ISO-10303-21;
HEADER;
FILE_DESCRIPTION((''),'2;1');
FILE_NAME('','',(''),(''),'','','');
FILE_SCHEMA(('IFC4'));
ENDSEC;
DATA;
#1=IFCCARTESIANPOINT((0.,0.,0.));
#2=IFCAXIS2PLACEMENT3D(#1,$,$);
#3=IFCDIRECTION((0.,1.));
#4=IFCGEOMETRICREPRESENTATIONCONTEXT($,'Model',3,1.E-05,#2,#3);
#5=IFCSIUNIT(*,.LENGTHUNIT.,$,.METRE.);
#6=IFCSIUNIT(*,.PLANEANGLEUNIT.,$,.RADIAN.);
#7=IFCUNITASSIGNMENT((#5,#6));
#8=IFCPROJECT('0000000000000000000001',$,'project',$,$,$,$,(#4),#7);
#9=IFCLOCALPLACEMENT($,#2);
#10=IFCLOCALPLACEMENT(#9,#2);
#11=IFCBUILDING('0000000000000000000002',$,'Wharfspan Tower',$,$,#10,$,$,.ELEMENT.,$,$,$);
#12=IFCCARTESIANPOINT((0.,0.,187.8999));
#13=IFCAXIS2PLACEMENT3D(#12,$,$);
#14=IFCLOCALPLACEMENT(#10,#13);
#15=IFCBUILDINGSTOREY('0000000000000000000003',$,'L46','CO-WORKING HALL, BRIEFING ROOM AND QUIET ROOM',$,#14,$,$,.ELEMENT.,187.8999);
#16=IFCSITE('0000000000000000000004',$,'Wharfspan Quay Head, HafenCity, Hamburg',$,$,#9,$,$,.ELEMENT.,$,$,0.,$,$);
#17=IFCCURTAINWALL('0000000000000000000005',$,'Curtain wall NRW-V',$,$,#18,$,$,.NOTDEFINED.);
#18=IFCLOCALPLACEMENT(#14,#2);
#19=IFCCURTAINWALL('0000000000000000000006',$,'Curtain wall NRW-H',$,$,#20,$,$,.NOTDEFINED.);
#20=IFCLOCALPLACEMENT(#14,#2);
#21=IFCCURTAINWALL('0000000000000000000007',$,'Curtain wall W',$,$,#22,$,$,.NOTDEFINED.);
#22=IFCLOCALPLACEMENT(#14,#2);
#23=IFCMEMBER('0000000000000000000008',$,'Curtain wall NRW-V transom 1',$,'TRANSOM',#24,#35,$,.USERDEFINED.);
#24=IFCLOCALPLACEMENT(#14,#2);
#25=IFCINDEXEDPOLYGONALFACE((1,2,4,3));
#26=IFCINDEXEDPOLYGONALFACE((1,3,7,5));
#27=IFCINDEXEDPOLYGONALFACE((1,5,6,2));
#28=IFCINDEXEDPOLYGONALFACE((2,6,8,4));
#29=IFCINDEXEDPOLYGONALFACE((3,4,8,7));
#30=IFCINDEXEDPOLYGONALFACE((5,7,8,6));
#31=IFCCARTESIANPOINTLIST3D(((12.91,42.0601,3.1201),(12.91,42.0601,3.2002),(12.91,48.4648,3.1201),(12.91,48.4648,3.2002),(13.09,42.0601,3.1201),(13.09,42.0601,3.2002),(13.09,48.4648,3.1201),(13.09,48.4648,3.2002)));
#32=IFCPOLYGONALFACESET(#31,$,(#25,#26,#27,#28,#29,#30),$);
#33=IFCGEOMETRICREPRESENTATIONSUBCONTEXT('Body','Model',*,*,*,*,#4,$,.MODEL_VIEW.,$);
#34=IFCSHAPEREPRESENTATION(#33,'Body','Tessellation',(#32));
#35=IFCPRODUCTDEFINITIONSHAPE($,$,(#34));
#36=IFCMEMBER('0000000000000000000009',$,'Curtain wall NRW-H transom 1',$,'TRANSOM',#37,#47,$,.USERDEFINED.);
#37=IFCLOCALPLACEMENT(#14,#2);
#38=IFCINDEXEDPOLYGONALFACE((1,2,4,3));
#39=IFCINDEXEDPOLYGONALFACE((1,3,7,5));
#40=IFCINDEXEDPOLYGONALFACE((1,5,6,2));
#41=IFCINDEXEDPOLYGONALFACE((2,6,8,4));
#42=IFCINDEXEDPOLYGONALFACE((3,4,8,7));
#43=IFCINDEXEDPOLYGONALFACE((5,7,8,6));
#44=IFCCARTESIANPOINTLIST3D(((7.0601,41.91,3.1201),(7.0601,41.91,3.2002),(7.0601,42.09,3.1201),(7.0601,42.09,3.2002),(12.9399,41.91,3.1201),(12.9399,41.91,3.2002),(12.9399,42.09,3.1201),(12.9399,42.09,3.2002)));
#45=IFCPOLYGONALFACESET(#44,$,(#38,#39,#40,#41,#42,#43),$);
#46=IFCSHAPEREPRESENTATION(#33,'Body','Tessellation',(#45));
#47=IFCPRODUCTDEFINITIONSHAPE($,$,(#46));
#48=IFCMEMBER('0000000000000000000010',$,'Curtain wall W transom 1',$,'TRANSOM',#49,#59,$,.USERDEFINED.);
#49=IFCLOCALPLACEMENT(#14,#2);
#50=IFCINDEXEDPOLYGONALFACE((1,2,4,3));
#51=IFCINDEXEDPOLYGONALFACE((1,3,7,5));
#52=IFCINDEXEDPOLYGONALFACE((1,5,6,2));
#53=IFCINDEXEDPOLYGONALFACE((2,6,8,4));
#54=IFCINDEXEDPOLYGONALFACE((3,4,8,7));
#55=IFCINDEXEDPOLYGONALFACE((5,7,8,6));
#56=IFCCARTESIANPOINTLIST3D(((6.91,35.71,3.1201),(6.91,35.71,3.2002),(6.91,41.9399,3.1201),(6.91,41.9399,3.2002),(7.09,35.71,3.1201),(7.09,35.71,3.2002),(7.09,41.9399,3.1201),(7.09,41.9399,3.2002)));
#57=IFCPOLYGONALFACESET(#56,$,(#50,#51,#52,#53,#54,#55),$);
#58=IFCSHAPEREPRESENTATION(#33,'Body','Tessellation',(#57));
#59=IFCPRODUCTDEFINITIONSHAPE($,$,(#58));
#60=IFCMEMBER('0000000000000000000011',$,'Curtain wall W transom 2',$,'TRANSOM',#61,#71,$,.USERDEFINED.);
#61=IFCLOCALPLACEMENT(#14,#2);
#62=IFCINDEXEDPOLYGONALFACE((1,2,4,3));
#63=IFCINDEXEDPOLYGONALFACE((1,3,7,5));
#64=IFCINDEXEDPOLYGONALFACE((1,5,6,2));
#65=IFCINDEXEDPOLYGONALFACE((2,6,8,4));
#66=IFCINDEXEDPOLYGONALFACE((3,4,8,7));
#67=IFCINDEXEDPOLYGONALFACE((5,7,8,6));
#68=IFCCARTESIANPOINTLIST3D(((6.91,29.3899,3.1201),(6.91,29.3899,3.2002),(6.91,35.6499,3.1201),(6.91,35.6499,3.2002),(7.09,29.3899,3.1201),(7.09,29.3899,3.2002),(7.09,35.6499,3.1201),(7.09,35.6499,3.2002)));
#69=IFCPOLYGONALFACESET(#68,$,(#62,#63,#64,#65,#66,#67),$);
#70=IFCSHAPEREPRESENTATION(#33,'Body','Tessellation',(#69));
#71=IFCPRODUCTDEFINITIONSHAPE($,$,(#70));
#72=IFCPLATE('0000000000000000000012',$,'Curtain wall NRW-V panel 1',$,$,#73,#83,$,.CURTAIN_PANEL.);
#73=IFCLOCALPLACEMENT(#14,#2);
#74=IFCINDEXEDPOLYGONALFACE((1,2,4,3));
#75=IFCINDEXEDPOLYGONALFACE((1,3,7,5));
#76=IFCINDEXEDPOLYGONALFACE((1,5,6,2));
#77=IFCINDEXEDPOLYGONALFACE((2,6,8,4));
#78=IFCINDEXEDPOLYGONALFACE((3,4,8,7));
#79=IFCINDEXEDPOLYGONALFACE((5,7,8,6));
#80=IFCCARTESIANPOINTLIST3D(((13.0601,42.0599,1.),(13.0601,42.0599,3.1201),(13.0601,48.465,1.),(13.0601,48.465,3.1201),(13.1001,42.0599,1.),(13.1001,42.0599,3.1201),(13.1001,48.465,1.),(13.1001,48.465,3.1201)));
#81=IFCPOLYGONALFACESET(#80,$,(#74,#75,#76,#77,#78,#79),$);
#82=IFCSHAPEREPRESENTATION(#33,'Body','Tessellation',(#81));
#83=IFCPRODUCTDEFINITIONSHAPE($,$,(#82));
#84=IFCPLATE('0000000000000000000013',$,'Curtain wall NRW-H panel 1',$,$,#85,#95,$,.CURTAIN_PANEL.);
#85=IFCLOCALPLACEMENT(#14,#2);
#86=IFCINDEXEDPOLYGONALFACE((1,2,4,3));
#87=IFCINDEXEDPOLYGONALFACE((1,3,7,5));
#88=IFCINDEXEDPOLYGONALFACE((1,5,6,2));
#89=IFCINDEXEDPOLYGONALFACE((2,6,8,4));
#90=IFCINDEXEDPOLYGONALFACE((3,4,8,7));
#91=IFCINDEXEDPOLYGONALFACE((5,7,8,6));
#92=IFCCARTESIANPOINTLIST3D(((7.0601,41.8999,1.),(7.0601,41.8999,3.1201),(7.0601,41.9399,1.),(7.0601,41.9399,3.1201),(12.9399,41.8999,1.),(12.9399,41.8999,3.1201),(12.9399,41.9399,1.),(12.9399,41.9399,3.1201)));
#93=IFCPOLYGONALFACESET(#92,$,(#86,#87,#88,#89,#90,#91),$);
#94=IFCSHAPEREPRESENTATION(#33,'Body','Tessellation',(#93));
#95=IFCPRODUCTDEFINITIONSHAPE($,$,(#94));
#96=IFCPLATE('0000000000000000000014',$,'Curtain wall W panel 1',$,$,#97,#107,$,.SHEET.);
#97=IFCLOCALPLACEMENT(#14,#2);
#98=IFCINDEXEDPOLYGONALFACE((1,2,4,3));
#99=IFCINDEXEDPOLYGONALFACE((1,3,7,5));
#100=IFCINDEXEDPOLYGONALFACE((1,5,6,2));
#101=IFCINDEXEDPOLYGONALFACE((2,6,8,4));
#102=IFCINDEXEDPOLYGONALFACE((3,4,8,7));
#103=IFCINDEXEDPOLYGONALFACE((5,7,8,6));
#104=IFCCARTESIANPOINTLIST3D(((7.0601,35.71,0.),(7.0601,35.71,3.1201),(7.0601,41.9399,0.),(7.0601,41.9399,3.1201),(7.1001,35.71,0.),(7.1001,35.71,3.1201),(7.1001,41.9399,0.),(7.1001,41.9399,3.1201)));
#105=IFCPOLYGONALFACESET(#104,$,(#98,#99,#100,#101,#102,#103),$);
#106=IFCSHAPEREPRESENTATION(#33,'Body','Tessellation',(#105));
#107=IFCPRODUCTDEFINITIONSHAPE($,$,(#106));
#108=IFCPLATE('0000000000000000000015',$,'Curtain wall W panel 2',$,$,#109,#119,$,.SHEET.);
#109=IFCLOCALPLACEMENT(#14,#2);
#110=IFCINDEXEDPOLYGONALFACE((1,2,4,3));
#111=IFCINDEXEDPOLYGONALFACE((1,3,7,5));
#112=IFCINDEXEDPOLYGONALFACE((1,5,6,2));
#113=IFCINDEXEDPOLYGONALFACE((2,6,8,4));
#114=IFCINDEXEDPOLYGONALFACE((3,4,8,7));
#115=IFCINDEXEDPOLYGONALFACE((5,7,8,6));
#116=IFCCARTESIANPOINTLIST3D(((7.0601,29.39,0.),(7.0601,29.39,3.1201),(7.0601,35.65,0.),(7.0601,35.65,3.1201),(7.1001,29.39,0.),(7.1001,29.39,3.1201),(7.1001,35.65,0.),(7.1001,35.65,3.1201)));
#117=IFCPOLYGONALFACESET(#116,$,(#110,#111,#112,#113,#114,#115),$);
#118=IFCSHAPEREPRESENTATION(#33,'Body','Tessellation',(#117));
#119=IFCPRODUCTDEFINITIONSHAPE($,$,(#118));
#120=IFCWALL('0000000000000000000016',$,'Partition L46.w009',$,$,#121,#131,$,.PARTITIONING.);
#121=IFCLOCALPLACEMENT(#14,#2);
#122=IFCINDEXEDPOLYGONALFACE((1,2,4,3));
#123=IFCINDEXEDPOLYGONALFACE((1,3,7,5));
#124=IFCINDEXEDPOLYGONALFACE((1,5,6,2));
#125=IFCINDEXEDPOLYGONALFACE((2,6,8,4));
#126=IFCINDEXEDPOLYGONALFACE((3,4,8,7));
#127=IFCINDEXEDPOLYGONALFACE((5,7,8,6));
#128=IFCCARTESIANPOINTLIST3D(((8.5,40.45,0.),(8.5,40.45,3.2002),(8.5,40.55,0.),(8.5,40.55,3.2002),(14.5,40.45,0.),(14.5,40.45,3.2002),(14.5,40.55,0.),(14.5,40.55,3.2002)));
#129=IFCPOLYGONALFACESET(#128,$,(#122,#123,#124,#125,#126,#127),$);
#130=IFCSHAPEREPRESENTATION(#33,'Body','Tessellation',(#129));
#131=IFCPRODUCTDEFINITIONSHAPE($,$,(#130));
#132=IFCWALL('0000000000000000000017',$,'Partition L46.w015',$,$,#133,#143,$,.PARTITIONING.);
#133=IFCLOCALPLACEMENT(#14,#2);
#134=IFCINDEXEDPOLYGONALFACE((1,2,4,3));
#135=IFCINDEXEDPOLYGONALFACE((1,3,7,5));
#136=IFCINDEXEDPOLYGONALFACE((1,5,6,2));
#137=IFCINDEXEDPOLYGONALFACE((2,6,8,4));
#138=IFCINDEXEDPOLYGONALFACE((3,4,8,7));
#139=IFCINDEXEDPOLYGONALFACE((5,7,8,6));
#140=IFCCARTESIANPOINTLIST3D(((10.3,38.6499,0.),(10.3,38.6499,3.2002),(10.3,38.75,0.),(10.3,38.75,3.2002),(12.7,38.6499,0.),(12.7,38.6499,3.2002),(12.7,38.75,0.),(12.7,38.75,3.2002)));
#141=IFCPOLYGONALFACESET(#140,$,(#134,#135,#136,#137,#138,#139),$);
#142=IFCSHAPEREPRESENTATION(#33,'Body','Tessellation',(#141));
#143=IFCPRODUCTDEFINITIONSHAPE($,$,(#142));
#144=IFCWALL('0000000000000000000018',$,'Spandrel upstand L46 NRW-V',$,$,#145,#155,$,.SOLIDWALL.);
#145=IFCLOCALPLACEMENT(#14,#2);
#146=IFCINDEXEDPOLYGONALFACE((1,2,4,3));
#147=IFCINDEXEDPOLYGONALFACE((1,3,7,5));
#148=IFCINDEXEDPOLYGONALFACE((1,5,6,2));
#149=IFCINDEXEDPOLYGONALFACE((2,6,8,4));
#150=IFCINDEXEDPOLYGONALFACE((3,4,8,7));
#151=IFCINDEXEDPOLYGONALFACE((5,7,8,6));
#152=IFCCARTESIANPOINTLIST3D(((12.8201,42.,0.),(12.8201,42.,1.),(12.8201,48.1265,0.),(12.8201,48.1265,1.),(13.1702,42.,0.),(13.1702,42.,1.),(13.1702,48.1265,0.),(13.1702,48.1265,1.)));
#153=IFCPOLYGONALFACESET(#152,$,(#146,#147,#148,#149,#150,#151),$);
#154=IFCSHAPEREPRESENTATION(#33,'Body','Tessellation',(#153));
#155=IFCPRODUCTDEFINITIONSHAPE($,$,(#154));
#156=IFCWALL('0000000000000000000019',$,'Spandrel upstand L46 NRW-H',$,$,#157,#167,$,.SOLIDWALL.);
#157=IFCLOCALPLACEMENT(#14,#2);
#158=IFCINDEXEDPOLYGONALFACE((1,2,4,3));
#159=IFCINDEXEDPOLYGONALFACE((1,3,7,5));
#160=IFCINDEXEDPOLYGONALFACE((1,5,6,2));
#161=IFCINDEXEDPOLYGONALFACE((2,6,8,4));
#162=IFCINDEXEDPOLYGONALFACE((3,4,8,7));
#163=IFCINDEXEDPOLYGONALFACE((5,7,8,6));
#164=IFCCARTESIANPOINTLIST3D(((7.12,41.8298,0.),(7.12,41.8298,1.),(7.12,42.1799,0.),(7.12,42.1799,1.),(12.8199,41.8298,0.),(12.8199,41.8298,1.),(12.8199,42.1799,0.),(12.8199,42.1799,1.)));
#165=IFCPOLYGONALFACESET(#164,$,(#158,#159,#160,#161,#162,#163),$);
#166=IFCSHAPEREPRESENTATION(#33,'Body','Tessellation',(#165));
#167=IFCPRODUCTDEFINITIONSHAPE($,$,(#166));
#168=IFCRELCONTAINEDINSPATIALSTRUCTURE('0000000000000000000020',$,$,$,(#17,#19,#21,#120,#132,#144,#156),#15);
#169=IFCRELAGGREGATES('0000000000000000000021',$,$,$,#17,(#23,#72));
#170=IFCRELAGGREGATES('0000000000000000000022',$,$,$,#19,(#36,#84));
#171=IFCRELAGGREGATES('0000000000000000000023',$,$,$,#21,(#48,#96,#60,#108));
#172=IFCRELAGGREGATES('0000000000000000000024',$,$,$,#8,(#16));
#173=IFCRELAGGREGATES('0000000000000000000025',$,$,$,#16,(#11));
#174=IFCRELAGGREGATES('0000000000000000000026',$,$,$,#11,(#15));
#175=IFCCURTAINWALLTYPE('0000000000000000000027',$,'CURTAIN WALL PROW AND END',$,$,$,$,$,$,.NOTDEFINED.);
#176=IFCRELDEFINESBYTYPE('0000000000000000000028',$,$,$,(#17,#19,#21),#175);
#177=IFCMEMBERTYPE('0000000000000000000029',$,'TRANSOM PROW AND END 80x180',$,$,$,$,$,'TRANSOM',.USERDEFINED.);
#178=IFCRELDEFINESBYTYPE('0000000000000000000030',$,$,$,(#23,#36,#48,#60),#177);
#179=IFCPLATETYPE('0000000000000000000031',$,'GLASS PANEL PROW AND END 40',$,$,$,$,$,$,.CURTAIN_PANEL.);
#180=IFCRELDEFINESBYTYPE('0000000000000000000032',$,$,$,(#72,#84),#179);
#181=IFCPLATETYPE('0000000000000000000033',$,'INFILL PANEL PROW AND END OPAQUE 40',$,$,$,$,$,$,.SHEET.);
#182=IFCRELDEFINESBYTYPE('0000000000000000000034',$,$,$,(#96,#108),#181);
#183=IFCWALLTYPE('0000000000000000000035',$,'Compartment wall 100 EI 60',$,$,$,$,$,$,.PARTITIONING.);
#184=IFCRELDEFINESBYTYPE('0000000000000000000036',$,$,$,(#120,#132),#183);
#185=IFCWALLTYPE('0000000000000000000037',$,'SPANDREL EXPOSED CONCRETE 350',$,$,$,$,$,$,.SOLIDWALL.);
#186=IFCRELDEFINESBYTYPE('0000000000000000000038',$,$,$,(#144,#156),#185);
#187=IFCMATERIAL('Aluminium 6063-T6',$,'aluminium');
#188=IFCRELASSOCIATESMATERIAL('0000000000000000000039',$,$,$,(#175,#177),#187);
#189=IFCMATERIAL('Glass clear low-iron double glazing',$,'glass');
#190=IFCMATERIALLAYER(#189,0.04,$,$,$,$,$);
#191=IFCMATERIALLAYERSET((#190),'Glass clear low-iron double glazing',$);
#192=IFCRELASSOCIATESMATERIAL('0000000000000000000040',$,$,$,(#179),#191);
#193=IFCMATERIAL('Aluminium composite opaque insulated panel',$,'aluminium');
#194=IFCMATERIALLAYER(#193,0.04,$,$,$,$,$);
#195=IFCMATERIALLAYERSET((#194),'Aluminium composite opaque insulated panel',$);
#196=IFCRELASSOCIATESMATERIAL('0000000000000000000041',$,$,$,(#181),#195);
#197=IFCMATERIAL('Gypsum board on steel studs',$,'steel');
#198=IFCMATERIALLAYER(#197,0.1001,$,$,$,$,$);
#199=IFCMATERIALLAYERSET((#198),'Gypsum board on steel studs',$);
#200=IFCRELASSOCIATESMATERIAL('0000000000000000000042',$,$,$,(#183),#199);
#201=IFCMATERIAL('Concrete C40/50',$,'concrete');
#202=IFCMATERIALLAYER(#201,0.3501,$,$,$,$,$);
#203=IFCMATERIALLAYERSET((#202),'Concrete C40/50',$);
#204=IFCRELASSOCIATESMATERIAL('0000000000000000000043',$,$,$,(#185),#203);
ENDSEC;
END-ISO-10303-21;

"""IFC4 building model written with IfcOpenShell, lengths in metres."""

from ifc_helpers import new_model, si_unit, direction, frame, frame_2d, origin, origin_2d, place, context, subcontext, project, spatial, rectangle, extrude, material, layer, layer_set, material_profile, profile_set, type_object, element, aggregate, save


model = new_model("IFC4")

# Units and contexts
model_context = context("Model", 3, precision=1e-05, world=origin(), true_north=direction((0.0, 1.0)))
body_context = subcontext(model_context, "Body", "Model", "MODEL_VIEW")
ifc_project = project(units=[si_unit("LENGTHUNIT", "METRE"), si_unit("PLANEANGLEUNIT", "RADIAN")], contexts=[model_context])

# Site, building, storey
site_placement = place(None, origin())
site = spatial("IfcSite", under=ifc_project, at=site_placement, Name="Wharfspan Quay Head, HafenCity, Hamburg", CompositionType="ELEMENT", RefElevation=0.0)
building_placement = place(site_placement, origin())
building = spatial("IfcBuilding", under=site, at=building_placement, Name="Wharfspan Tower", CompositionType="ELEMENT")
storey_placement = place(building_placement, frame((0.0, 0.0, 187.8999)))
storey = spatial("IfcBuildingStorey", under=building, at=storey_placement, Name="L46", Description="CO-WORKING HALL, BRIEFING ROOM AND QUIET ROOM", CompositionType="ELEMENT", Elevation=187.8999)

# Curtain walls
ifc_material_1 = material(Name="Aluminium 6063-T6", Category="aluminium")
curtain_wall_type = type_object("IfcCurtainWallType", Name="CURTAIN WALL PROW AND END", PredefinedType="NOTDEFINED", material=ifc_material_1)
curtain_wall_1_placement = place(storey_placement, origin())
curtain_wall_1 = element("IfcCurtainWall", 1, at=curtain_wall_1_placement, inside=storey, type_object=curtain_wall_type, Name="Curtain wall NRW-V", PredefinedType="NOTDEFINED")
curtain_wall_2_placement = place(storey_placement, origin())
curtain_wall_2 = element("IfcCurtainWall", 2, at=curtain_wall_2_placement, inside=storey, type_object=curtain_wall_type, Name="Curtain wall NRW-H", PredefinedType="NOTDEFINED")
curtain_wall_3_placement = place(storey_placement, origin())
curtain_wall_3 = element("IfcCurtainWall", 3, at=curtain_wall_3_placement, inside=storey, type_object=curtain_wall_type, Name="Curtain wall W", PredefinedType="NOTDEFINED")

# Members
ifc_material_profile_1 = material_profile(ifc_material_1, rectangle(XDim=0.1799, YDim=0.0801, at=origin_2d()))
ifc_profile_set_1 = profile_set([ifc_material_profile_1], Name="Aluminium 6063-T6")
member_type_1 = type_object("IfcMemberType", Name="TRANSOM PROW AND END 80x180", ElementType="TRANSOM", PredefinedType="USERDEFINED", material=ifc_profile_set_1)
member_1_placement = place(storey_placement, frame((13.0, 48.4648, 3.1602), z_axis=(0.0, -1.0, 0.0), x_axis=(1.0, 0.0, 0.0)))
member_1 = element("IfcMember", 4, at=member_1_placement, type_object=member_type_1, Name="Curtain wall NRW-V transom 1", ObjectType="TRANSOM", PredefinedType="USERDEFINED", context=body_context, shape_type="SweptSolid", body=[
    extrude(rectangle(XDim=0.1799, YDim=0.0801, at=origin_2d()), origin(), (0.0, 0.0, 1.0), 6.4048),
])
member_2_placement = place(storey_placement, frame((12.9399, 42.0, 3.1602), z_axis=(-1.0, 0.0, 0.0), x_axis=(0.0, -1.0, 0.0)))
member_2 = element("IfcMember", 5, at=member_2_placement, type_object=member_type_1, Name="Curtain wall NRW-H transom 1", ObjectType="TRANSOM", PredefinedType="USERDEFINED", context=body_context, shape_type="SweptSolid", body=[
    extrude(rectangle(XDim=0.1799, YDim=0.0801, at=origin_2d()), origin(), (0.0, 0.0, 1.0), 5.8799),
])
member_3_placement = place(storey_placement, frame((7.0, 41.9399, 3.1602), z_axis=(0.0, -1.0, 0.0), x_axis=(1.0, 0.0, 0.0)))
member_3 = element("IfcMember", 6, at=member_3_placement, type_object=member_type_1, Name="Curtain wall W transom 1", ObjectType="TRANSOM", PredefinedType="USERDEFINED", context=body_context, shape_type="SweptSolid", body=[
    extrude(rectangle(XDim=0.1799, YDim=0.0801, at=origin_2d()), origin(), (0.0, 0.0, 1.0), 6.23),
])
member_4_placement = place(storey_placement, frame((7.0, 35.6499, 3.1602), z_axis=(0.0, -1.0, 0.0), x_axis=(1.0, 0.0, 0.0)))
member_4 = element("IfcMember", 7, at=member_4_placement, type_object=member_type_1, Name="Curtain wall W transom 2", ObjectType="TRANSOM", PredefinedType="USERDEFINED", context=body_context, shape_type="SweptSolid", body=[
    extrude(rectangle(XDim=0.1799, YDim=0.0801, at=origin_2d()), origin(), (0.0, 0.0, 1.0), 6.26),
])

# Plates
ifc_material_2 = material(Name="Glass clear low-iron double glazing", Category="glass")
ifc_layer_1 = layer(ifc_material_2, 0.04)
ifc_layer_set_1 = layer_set([ifc_layer_1], Name="Glass clear low-iron double glazing")
plate_type_1 = type_object("IfcPlateType", Name="GLASS PANEL PROW AND END 40", PredefinedType="CURTAIN_PANEL", material=ifc_layer_set_1)
plate_1_placement = place(storey_placement, frame((13.0801, 45.2625, 1.0), z_axis=(0.0, 0.0, 1.0), x_axis=(0.0, -1.0, 0.0)))
plate_1 = element("IfcPlate", 8, at=plate_1_placement, type_object=plate_type_1, Name="Curtain wall NRW-V panel 1", PredefinedType="CURTAIN_PANEL", context=body_context, shape_type="SweptSolid", body=[
    extrude(rectangle(XDim=6.405, YDim=0.04, at=origin_2d()), origin(), (0.0, 0.0, 1.0), 2.1201),
])
aggregate(curtain_wall_1, [member_1, plate_1])
plate_2_placement = place(storey_placement, frame((10.0, 41.9199, 1.0), z_axis=(0.0, 0.0, 1.0), x_axis=(-1.0, 0.0, 0.0)))
plate_2 = element("IfcPlate", 9, at=plate_2_placement, type_object=plate_type_1, Name="Curtain wall NRW-H panel 1", PredefinedType="CURTAIN_PANEL", context=body_context, shape_type="SweptSolid", body=[
    extrude(rectangle(XDim=5.8799, YDim=0.04, at=origin_2d()), origin(), (0.0, 0.0, 1.0), 2.1201),
])
aggregate(curtain_wall_2, [member_2, plate_2])
ifc_material_3 = material(Name="Aluminium composite opaque insulated panel", Category="aluminium")
ifc_layer_2 = layer(ifc_material_3, 0.04)
ifc_layer_set_2 = layer_set([ifc_layer_2], Name="Aluminium composite opaque insulated panel")
plate_type_2 = type_object("IfcPlateType", Name="INFILL PANEL PROW AND END OPAQUE 40", PredefinedType="SHEET", material=ifc_layer_set_2)
plate_3_placement = place(storey_placement, frame((7.0801, 38.825, 0.0), z_axis=(0.0, 0.0, 1.0), x_axis=(0.0, -1.0, 0.0)))
plate_3 = element("IfcPlate", 10, at=plate_3_placement, type_object=plate_type_2, Name="Curtain wall W panel 1", PredefinedType="SHEET", context=body_context, shape_type="SweptSolid", body=[
    extrude(rectangle(XDim=6.23, YDim=0.04, at=origin_2d()), origin(), (0.0, 0.0, 1.0), 3.1201),
])
plate_4_placement = place(storey_placement, frame((7.0801, 32.52, 0.0), z_axis=(0.0, 0.0, 1.0), x_axis=(0.0, -1.0, 0.0)))
plate_4 = element("IfcPlate", 11, at=plate_4_placement, type_object=plate_type_2, Name="Curtain wall W panel 2", PredefinedType="SHEET", context=body_context, shape_type="SweptSolid", body=[
    extrude(rectangle(XDim=6.26, YDim=0.04, at=origin_2d()), origin(), (0.0, 0.0, 1.0), 3.1201),
])
aggregate(curtain_wall_3, [member_3, plate_3, member_4, plate_4])

# Walls
ifc_material_4 = material(Name="Gypsum board on steel studs", Category="steel")
ifc_layer_3 = layer(ifc_material_4, 0.1001)
ifc_layer_set_3 = layer_set([ifc_layer_3], Name="Gypsum board on steel studs")
wall_type_1 = type_object("IfcWallType", Name="Compartment wall 100 EI 60", PredefinedType="PARTITIONING", material=ifc_layer_set_3)
wall_1_placement = place(storey_placement, frame((8.5, 40.5, 0.0), z_axis=(0.0, 0.0, 1.0), x_axis=(1.0, 0.0, 0.0)))
element("IfcWall", 12, at=wall_1_placement, inside=storey, type_object=wall_type_1, Name="Partition L46.w009", PredefinedType="PARTITIONING", context=body_context, shape_type="SweptSolid", body=[
    extrude(rectangle(XDim=6.0, YDim=0.1001, at=frame_2d((3.0, 0.0))), origin(), (0.0, 0.0, 1.0), 3.2002),
])
wall_2_placement = place(storey_placement, frame((10.3, 38.7, 0.0), z_axis=(0.0, 0.0, 1.0), x_axis=(1.0, 0.0, 0.0)))
element("IfcWall", 13, at=wall_2_placement, inside=storey, type_object=wall_type_1, Name="Partition L46.w015", PredefinedType="PARTITIONING", context=body_context, shape_type="SweptSolid", body=[
    extrude(rectangle(XDim=2.3999, YDim=0.1001, at=frame_2d((1.2, 0.0))), origin(), (0.0, 0.0, 1.0), 3.2002),
])
ifc_material_5 = material(Name="Concrete C40/50", Category="concrete")
ifc_layer_4 = layer(ifc_material_5, 0.3501)
ifc_layer_set_4 = layer_set([ifc_layer_4], Name="Concrete C40/50")
wall_type_2 = type_object("IfcWallType", Name="SPANDREL EXPOSED CONCRETE 350", PredefinedType="SOLIDWALL", material=ifc_layer_set_4)
wall_3_placement = place(storey_placement, frame((12.9951, 48.1265, 0.0), z_axis=(0.0, 0.0, 1.0), x_axis=(0.0, -1.0, 0.0)))
element("IfcWall", 14, at=wall_3_placement, inside=storey, type_object=wall_type_2, Name="Spandrel upstand L46 NRW-V", PredefinedType="SOLIDWALL", context=body_context, shape_type="SweptSolid", body=[
    extrude(rectangle(XDim=6.1265, YDim=0.3501, at=frame_2d((3.0632, 0.0))), origin(), (0.0, 0.0, 1.0), 1.0),
])
wall_4_placement = place(storey_placement, frame((12.8201, 42.0049, 0.0), z_axis=(0.0, 0.0, 1.0), x_axis=(-1.0, 0.0, 0.0)))
element("IfcWall", 15, at=wall_4_placement, inside=storey, type_object=wall_type_2, Name="Spandrel upstand L46 NRW-H", PredefinedType="SOLIDWALL", context=body_context, shape_type="SweptSolid", body=[
    extrude(rectangle(XDim=5.7, YDim=0.3501, at=frame_2d((2.8501, 0.0))), origin(), (0.0, 0.0, 1.0), 1.0),
])

save(model, "model.ifc")
